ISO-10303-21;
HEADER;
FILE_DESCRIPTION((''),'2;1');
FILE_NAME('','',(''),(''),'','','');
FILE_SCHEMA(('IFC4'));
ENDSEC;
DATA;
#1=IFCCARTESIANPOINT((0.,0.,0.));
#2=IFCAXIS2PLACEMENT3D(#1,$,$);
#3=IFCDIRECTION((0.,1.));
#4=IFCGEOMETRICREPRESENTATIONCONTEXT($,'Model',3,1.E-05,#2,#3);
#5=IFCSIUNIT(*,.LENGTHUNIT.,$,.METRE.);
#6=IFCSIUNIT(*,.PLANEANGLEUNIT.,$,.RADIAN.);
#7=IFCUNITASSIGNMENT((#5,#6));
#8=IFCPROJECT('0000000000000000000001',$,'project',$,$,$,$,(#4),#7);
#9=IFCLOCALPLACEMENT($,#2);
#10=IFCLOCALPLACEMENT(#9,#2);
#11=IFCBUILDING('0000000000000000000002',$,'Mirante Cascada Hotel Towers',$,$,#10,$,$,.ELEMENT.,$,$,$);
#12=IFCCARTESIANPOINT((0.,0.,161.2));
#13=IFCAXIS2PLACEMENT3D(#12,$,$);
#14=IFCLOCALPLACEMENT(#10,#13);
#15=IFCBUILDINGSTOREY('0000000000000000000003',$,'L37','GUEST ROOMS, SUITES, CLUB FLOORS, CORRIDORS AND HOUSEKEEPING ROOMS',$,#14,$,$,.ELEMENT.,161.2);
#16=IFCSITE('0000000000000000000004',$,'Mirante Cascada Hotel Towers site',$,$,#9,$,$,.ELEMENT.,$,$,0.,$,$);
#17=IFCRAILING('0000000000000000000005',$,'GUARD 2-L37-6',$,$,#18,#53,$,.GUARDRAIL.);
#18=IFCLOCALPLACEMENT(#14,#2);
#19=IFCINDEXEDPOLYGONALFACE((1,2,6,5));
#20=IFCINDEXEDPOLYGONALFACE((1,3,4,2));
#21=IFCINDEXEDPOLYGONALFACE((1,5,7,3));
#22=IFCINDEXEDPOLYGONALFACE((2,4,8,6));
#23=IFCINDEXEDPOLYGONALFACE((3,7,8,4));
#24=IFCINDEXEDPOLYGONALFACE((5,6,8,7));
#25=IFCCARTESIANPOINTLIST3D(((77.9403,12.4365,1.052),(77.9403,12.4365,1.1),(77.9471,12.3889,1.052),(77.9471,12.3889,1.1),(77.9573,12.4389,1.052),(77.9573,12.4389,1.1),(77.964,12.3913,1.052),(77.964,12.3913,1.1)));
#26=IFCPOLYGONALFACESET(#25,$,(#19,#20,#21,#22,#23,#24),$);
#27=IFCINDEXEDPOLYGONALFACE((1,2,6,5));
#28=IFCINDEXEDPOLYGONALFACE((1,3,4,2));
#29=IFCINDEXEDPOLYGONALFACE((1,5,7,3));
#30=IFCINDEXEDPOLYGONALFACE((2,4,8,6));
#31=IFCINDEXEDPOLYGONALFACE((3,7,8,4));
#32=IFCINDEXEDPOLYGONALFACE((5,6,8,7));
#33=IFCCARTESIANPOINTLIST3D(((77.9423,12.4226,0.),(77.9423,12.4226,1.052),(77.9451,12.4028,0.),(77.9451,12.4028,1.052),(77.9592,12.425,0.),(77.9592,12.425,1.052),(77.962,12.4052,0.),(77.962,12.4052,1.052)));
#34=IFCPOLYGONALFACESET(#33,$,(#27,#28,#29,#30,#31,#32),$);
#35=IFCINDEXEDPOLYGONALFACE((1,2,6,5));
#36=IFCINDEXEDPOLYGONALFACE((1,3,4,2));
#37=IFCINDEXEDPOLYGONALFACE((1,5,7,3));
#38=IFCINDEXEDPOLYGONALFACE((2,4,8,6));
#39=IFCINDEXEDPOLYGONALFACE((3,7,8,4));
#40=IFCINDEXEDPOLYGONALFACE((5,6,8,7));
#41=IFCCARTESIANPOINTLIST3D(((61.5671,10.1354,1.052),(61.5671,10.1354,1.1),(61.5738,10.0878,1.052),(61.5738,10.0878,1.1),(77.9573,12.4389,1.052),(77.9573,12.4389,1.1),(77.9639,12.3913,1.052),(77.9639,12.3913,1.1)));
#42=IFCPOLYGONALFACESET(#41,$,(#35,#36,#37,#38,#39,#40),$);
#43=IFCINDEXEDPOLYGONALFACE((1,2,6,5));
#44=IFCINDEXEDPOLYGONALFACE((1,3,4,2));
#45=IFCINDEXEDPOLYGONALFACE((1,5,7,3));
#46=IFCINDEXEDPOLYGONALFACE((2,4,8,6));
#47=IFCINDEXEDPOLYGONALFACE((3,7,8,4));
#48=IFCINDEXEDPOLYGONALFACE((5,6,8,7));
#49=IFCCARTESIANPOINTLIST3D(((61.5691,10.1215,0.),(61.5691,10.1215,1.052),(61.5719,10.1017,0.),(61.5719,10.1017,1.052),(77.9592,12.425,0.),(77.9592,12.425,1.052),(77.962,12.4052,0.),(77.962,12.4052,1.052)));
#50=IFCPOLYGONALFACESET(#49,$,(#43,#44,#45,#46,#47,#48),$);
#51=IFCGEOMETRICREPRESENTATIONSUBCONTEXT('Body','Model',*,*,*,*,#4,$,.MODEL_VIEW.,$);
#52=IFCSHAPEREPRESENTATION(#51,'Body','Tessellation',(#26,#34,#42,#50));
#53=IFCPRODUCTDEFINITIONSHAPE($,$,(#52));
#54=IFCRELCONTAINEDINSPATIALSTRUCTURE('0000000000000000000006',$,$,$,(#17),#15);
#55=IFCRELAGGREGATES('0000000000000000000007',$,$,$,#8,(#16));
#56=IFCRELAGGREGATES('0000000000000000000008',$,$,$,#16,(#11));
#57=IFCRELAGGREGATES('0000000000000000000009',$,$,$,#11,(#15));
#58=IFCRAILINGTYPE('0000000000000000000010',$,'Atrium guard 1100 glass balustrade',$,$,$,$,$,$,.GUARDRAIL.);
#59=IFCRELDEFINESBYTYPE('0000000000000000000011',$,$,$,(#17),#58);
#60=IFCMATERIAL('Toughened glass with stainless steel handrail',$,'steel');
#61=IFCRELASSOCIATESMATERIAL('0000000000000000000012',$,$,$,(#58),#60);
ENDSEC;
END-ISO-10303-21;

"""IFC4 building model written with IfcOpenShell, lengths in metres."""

from ifc_helpers import new_model, si_unit, direction, frame, origin, origin_2d, place, context, subcontext, project, spatial, rectangle, extrude, material, type_object, element, save


model = new_model("IFC4")

# Units and contexts
model_context = context("Model", 3, precision=1e-05, world=origin(), true_north=direction((0.0, 1.0)))
body_context = subcontext(model_context, "Body", "Model", "MODEL_VIEW")
ifc_project = project(units=[si_unit("LENGTHUNIT", "METRE"), si_unit("PLANEANGLEUNIT", "RADIAN")], contexts=[model_context])

# Site, building, storey
site_placement = place(None, origin())
site = spatial("IfcSite", under=ifc_project, at=site_placement, Name="Mirante Cascada Hotel Towers site", CompositionType="ELEMENT", RefElevation=0.0)
building_placement = place(site_placement, origin())
building = spatial("IfcBuilding", under=site, at=building_placement, Name="Mirante Cascada Hotel Towers", CompositionType="ELEMENT")
storey_placement = place(building_placement, frame((0.0, 0.0, 161.2)))
storey = spatial("IfcBuildingStorey", under=building, at=storey_placement, Name="L37", Description="GUEST ROOMS, SUITES, CLUB FLOORS, CORRIDORS AND HOUSEKEEPING ROOMS", CompositionType="ELEMENT", Elevation=161.2)

# Railing
ifc_material_1 = material(Name="Toughened glass with stainless steel handrail", Category="steel")
railing_type = type_object("IfcRailingType", Name="Atrium guard 1100 glass balustrade", PredefinedType="GUARDRAIL", material=ifc_material_1)
railing_placement = place(storey_placement, frame((77.9437, 12.4127, 0.0)))
element("IfcRailing", 1, at=railing_placement, inside=storey, type_object=railing_type, Name="GUARD 2-L37-6", PredefinedType="GUARDRAIL", context=body_context, shape_type="SweptSolid", body=[
    extrude(rectangle(XDim=0.048, YDim=0.048, at=origin_2d()), frame((0.0, 0.0, 1.076), z_axis=(0.990066, 0.140601, 0.0), x_axis=(-0.140601, 0.990066, 0.0)), (0.0, 0.0, 1.0), 0.0171),
    extrude(rectangle(XDim=0.02, YDim=1.052, at=origin_2d()), frame((0.0, 0.0, 0.526), z_axis=(0.990066, 0.140601, 0.0), x_axis=(-0.140601, 0.990066, 0.0)), (0.0, 0.0, 1.0), 0.0171),
    extrude(rectangle(XDim=0.048, YDim=0.048, at=origin_2d()), frame((0.0169, 0.0024, 1.076), z_axis=(-0.990268, -0.139174, 0.0), x_axis=(0.139174, -0.990268, 0.0)), (0.0, 0.0, 1.0), 16.5512),
    extrude(rectangle(XDim=0.02, YDim=1.052, at=origin_2d()), frame((0.0169, 0.0024, 0.526), z_axis=(-0.990268, -0.139174, 0.0), x_axis=(0.139174, -0.990268, 0.0)), (0.0, 0.0, 1.0), 16.5512),
])

save(model, "model.ifc")
